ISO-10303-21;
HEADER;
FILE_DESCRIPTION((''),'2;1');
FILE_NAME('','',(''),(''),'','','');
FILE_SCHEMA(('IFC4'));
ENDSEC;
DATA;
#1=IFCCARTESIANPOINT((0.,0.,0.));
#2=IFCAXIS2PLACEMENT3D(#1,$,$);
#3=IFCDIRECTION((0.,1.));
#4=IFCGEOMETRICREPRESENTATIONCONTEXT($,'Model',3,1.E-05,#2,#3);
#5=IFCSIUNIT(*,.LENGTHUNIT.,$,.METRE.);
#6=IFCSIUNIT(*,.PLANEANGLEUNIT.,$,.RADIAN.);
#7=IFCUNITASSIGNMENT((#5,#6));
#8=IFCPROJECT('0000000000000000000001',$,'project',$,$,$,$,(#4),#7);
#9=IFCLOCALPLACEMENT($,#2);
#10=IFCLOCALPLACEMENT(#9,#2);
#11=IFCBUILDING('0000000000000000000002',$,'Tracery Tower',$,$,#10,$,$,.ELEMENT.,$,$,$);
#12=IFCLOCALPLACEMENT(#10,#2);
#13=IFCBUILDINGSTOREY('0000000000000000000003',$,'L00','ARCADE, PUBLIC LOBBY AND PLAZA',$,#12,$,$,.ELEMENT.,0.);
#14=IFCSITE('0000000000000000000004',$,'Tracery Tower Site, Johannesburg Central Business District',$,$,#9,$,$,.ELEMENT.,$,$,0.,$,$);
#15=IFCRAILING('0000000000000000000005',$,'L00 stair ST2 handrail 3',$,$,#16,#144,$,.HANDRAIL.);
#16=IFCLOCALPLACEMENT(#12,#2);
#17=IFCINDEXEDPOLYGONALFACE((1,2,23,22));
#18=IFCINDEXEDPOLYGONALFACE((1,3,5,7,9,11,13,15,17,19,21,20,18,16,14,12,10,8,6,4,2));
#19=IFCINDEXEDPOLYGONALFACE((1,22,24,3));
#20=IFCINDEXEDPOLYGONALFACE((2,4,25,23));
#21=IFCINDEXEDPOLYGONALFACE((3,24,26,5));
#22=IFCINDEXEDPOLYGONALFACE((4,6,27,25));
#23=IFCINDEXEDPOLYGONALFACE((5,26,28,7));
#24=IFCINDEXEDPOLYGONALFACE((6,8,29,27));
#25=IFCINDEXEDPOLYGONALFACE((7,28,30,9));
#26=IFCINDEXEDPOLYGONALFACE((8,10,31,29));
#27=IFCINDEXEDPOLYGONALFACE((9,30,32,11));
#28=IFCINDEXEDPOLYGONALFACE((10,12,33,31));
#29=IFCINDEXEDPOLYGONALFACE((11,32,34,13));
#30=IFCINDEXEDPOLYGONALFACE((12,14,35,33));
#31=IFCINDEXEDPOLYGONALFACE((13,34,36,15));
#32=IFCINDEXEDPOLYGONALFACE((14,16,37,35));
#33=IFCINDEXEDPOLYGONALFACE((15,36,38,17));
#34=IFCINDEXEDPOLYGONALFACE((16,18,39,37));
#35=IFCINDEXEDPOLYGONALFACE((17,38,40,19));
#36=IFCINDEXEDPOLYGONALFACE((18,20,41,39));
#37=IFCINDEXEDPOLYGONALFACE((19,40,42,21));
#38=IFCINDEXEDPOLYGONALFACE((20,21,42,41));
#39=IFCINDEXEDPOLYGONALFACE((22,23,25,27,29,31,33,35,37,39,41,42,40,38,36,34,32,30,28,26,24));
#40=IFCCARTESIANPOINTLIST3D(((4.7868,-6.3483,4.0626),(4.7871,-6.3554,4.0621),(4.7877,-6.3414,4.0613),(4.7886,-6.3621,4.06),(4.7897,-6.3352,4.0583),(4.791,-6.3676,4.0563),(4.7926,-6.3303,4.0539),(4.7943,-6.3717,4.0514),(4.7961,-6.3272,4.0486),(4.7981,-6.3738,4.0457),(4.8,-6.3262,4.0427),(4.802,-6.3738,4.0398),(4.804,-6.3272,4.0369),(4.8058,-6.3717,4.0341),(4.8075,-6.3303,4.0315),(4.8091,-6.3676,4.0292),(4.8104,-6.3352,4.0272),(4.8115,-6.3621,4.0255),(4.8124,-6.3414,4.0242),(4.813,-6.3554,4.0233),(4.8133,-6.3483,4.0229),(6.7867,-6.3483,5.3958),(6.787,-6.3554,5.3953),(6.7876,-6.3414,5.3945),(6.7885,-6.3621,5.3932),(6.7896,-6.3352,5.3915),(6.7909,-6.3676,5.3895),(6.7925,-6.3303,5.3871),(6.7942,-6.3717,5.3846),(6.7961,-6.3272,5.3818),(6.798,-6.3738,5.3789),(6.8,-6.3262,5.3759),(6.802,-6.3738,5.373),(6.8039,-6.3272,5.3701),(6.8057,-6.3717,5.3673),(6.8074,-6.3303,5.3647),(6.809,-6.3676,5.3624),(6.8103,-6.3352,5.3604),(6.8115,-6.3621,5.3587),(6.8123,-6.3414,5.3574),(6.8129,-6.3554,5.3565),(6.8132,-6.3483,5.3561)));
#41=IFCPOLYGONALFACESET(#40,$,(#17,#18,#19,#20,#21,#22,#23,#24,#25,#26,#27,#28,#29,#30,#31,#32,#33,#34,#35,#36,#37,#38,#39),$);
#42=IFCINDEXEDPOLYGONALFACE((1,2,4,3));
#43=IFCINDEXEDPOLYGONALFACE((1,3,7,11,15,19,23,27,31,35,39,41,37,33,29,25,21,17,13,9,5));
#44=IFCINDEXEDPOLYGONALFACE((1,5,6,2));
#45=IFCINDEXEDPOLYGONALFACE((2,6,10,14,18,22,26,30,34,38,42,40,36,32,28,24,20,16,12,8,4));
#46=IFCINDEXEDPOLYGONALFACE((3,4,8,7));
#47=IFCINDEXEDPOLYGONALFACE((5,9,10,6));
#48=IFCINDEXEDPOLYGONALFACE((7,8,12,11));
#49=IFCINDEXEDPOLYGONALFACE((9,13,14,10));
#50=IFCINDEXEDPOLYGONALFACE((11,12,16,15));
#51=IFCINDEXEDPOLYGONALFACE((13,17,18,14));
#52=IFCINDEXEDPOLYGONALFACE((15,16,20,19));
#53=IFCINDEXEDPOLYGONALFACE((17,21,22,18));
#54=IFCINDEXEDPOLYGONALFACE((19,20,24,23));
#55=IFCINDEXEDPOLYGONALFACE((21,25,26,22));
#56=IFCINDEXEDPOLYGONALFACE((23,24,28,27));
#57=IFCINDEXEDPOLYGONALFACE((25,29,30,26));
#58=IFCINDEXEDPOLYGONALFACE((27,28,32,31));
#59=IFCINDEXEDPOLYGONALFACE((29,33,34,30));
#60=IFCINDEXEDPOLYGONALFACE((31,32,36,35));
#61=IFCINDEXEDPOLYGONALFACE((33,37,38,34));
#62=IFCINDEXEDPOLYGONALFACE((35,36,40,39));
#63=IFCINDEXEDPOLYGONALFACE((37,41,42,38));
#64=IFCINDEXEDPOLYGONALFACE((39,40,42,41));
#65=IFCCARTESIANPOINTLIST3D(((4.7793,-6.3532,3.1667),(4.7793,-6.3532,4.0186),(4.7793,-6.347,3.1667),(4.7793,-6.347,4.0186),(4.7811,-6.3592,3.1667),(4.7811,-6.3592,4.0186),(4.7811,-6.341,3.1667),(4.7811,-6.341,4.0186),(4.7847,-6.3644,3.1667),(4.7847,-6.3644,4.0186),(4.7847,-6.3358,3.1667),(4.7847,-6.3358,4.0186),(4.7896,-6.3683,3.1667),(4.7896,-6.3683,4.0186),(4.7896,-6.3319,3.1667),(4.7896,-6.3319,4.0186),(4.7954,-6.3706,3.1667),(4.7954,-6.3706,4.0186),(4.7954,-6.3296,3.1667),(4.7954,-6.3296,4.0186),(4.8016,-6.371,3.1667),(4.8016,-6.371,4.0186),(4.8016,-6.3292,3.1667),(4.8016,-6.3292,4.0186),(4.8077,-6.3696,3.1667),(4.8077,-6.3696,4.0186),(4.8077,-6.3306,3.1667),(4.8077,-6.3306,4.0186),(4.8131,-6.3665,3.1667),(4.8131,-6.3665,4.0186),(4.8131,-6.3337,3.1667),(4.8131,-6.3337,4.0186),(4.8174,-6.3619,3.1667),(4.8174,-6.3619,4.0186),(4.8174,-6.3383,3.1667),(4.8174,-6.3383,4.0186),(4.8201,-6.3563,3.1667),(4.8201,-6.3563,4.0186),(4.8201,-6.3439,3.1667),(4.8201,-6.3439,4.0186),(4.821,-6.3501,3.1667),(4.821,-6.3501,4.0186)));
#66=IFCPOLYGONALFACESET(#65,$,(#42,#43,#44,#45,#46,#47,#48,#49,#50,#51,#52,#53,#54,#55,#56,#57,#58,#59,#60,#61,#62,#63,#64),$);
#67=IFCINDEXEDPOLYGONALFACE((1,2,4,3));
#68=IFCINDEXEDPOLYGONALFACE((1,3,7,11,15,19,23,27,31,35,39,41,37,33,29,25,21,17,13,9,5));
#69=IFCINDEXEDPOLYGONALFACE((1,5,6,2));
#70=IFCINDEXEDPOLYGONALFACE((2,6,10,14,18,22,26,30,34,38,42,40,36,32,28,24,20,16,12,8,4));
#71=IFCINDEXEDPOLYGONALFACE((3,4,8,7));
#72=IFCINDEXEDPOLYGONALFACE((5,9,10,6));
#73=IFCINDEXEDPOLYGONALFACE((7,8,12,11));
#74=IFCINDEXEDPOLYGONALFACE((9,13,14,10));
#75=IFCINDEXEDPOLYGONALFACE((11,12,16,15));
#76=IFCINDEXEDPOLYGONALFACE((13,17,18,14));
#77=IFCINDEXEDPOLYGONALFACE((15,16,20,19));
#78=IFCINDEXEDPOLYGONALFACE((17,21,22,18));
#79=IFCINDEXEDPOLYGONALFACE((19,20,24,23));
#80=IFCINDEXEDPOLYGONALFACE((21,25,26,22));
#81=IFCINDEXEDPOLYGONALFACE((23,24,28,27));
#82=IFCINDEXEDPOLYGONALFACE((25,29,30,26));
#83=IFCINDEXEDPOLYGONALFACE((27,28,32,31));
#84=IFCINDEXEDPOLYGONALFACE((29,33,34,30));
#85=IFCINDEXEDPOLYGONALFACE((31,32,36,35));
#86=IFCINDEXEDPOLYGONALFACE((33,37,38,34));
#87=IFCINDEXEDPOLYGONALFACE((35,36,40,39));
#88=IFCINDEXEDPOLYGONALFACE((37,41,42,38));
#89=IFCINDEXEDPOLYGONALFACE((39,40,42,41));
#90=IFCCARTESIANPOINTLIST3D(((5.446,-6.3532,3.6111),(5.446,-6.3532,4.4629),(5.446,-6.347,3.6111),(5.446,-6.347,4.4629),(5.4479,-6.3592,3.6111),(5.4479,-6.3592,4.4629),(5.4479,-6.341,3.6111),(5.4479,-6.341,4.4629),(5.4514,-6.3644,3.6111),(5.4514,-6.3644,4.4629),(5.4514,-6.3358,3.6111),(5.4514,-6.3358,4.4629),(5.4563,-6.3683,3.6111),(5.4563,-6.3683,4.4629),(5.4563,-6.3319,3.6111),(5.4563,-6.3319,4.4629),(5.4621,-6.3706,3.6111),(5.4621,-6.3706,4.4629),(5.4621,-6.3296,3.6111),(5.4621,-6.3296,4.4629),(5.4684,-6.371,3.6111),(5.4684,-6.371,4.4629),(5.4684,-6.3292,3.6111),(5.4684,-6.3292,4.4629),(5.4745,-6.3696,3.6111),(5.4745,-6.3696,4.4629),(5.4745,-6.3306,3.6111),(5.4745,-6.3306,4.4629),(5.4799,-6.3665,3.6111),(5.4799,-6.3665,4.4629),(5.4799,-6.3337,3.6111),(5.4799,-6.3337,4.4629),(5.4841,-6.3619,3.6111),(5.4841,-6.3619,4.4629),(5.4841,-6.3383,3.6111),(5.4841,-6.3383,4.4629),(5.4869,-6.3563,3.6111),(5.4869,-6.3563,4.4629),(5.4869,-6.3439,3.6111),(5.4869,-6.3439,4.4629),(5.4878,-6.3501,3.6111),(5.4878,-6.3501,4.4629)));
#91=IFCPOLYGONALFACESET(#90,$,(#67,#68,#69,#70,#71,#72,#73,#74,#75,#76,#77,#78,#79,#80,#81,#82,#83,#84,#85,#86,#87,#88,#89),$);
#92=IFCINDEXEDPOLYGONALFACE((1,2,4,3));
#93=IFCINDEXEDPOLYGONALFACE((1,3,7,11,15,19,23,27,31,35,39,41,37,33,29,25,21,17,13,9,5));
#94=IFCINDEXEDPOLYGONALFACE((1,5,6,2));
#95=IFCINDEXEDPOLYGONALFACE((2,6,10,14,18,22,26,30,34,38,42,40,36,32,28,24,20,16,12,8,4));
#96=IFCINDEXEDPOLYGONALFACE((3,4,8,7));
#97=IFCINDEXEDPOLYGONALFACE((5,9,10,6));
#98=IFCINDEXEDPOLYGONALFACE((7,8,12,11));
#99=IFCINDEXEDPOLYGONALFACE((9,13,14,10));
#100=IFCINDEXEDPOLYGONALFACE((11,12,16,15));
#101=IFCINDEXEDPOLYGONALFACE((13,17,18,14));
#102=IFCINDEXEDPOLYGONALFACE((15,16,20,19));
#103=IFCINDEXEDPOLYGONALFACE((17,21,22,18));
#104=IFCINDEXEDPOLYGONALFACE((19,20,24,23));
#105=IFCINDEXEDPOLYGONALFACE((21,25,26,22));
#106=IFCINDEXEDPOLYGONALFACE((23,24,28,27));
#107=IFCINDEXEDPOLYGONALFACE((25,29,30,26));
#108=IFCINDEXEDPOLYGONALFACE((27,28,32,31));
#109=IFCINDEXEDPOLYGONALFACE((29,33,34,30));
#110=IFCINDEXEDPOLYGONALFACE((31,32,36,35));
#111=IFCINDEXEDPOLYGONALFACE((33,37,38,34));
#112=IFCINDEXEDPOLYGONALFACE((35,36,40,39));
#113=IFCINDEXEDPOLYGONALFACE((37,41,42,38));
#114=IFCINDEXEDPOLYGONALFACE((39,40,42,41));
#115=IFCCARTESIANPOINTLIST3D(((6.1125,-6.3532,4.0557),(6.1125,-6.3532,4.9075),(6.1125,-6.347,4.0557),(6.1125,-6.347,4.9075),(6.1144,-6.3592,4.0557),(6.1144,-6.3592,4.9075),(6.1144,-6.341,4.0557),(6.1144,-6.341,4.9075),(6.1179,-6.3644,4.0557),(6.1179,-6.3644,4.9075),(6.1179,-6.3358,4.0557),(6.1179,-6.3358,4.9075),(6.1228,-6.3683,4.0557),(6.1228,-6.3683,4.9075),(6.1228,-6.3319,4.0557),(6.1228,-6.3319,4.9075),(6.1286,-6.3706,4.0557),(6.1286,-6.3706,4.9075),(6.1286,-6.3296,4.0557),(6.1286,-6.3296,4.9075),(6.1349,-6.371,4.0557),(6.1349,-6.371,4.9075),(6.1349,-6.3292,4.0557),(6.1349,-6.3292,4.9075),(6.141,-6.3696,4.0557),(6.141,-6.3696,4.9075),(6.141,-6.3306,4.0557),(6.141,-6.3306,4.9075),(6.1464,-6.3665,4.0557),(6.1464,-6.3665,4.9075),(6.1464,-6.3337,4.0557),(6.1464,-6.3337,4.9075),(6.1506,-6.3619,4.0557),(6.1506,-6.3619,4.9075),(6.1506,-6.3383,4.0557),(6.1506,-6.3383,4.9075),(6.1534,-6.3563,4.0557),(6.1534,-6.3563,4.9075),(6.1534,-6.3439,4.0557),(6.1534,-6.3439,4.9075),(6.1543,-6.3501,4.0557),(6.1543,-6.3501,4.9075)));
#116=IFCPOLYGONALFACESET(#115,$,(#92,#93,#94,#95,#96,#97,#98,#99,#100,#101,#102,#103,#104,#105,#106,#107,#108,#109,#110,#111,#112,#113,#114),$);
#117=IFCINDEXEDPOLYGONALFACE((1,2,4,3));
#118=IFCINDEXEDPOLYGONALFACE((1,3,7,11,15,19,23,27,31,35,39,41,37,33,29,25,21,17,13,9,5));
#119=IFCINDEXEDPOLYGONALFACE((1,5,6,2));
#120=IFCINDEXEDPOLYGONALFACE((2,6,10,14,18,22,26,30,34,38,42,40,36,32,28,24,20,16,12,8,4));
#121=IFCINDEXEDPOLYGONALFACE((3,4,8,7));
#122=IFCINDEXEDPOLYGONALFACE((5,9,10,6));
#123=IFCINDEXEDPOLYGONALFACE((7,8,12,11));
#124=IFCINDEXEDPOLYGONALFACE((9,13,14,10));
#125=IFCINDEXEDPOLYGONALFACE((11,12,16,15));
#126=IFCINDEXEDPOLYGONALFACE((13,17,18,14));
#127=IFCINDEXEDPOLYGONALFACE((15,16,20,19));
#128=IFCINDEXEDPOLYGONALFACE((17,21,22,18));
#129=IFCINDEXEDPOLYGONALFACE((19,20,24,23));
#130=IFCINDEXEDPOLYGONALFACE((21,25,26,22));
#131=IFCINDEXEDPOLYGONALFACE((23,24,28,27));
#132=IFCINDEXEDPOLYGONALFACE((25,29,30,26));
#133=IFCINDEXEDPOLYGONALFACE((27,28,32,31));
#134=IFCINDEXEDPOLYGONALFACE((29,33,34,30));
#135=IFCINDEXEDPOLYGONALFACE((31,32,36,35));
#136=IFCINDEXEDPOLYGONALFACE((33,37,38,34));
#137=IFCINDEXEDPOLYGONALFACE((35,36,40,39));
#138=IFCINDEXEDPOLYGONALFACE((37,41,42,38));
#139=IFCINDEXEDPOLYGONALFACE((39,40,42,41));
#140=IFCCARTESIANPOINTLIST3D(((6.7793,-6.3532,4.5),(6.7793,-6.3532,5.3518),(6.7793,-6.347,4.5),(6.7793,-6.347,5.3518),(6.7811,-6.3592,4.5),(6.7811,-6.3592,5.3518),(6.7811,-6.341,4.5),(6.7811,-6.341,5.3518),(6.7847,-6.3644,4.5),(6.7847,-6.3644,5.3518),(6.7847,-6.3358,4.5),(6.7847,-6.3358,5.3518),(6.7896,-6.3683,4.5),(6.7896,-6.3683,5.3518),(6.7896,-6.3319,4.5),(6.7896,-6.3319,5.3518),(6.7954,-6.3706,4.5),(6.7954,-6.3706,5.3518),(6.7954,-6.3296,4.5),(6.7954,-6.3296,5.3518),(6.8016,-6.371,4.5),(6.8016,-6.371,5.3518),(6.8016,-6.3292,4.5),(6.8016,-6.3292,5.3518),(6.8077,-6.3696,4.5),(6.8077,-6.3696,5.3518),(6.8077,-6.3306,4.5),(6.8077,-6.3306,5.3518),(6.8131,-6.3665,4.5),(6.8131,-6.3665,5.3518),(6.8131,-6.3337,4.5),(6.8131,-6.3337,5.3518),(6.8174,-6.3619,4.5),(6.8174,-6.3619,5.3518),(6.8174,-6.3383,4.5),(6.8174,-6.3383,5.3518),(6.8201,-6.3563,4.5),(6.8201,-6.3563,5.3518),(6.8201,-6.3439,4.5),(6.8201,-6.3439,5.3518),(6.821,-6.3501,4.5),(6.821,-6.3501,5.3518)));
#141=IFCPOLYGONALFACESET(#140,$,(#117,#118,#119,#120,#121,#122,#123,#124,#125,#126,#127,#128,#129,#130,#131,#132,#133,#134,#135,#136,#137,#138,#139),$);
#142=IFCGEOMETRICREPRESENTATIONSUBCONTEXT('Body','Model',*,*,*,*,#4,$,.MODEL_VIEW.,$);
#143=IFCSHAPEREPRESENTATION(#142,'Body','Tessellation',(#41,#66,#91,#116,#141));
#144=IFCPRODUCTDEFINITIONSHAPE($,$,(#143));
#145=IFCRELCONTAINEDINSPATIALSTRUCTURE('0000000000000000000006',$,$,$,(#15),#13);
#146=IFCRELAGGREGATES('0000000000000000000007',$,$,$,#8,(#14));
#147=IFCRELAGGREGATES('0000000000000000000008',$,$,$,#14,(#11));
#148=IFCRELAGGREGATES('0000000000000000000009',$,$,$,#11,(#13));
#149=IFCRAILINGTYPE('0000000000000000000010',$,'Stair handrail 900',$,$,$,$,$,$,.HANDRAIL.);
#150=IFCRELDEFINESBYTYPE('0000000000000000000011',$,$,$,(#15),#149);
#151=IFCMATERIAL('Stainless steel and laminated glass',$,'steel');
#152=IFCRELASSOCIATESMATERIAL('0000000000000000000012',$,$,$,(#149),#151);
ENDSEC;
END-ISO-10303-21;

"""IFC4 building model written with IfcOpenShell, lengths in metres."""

from ifc_helpers import new_model, si_unit, direction, frame, origin, origin_2d, place, context, subcontext, project, spatial, circle, extrude, material, type_object, element, save


model = new_model("IFC4")

# Units and contexts
model_context = context("Model", 3, precision=1e-05, world=origin(), true_north=direction((0.0, 1.0)))
body_context = subcontext(model_context, "Body", "Model", "MODEL_VIEW")
ifc_project = project(units=[si_unit("LENGTHUNIT", "METRE"), si_unit("PLANEANGLEUNIT", "RADIAN")], contexts=[model_context])

# Site, building, storey
site_placement = place(None, origin())
site = spatial("IfcSite", under=ifc_project, at=site_placement, Name="Tracery Tower Site, Johannesburg Central Business District", CompositionType="ELEMENT", RefElevation=0.0)
building_placement = place(site_placement, origin())
building = spatial("IfcBuilding", under=site, at=building_placement, Name="Tracery Tower", CompositionType="ELEMENT")
storey_placement = place(building_placement, origin())
storey = spatial("IfcBuildingStorey", under=building, at=storey_placement, Name="L00", Description="ARCADE, PUBLIC LOBBY AND PLAZA", CompositionType="ELEMENT", Elevation=0.0)

# Railing
ifc_material_1 = material(Name="Stainless steel and laminated glass", Category="steel")
railing_type_1 = type_object("IfcRailingType", Name="Stair handrail 900", PredefinedType="HANDRAIL", material=ifc_material_1)
railing_1_placement = place(storey_placement, frame((4.8, -6.3501, 3.1667)))
element("IfcRailing", 1, at=railing_1_placement, inside=storey, type_object=railing_type_1, Name="L00 stair ST2 handrail 3", PredefinedType="HANDRAIL", context=body_context, shape_type="SweptSolid", body=[
    extrude(circle(Radius=0.0239, at=origin_2d()), frame((0.0, 0.0, 0.876), z_axis=(0.832066, 0.0, 0.554677), x_axis=(0.0, 1.0, 0.0)), (0.0, 0.0, 1.0), 2.4036),
    extrude(circle(Radius=0.021, at=origin_2d()), origin(), (0.0, 0.0, 1.0), 0.8518),
    extrude(circle(Radius=0.021, at=origin_2d()), frame((0.6667, 0.0, 0.4443)), (0.0, 0.0, 1.0), 0.8518),
    extrude(circle(Radius=0.021, at=origin_2d()), frame((1.3333, 0.0, 0.8889)), (0.0, 0.0, 1.0), 0.8518),
    extrude(circle(Radius=0.021, at=origin_2d()), frame((2.0, 0.0, 1.3333)), (0.0, 0.0, 1.0), 0.8518),
])

save(model, "model.ifc")
